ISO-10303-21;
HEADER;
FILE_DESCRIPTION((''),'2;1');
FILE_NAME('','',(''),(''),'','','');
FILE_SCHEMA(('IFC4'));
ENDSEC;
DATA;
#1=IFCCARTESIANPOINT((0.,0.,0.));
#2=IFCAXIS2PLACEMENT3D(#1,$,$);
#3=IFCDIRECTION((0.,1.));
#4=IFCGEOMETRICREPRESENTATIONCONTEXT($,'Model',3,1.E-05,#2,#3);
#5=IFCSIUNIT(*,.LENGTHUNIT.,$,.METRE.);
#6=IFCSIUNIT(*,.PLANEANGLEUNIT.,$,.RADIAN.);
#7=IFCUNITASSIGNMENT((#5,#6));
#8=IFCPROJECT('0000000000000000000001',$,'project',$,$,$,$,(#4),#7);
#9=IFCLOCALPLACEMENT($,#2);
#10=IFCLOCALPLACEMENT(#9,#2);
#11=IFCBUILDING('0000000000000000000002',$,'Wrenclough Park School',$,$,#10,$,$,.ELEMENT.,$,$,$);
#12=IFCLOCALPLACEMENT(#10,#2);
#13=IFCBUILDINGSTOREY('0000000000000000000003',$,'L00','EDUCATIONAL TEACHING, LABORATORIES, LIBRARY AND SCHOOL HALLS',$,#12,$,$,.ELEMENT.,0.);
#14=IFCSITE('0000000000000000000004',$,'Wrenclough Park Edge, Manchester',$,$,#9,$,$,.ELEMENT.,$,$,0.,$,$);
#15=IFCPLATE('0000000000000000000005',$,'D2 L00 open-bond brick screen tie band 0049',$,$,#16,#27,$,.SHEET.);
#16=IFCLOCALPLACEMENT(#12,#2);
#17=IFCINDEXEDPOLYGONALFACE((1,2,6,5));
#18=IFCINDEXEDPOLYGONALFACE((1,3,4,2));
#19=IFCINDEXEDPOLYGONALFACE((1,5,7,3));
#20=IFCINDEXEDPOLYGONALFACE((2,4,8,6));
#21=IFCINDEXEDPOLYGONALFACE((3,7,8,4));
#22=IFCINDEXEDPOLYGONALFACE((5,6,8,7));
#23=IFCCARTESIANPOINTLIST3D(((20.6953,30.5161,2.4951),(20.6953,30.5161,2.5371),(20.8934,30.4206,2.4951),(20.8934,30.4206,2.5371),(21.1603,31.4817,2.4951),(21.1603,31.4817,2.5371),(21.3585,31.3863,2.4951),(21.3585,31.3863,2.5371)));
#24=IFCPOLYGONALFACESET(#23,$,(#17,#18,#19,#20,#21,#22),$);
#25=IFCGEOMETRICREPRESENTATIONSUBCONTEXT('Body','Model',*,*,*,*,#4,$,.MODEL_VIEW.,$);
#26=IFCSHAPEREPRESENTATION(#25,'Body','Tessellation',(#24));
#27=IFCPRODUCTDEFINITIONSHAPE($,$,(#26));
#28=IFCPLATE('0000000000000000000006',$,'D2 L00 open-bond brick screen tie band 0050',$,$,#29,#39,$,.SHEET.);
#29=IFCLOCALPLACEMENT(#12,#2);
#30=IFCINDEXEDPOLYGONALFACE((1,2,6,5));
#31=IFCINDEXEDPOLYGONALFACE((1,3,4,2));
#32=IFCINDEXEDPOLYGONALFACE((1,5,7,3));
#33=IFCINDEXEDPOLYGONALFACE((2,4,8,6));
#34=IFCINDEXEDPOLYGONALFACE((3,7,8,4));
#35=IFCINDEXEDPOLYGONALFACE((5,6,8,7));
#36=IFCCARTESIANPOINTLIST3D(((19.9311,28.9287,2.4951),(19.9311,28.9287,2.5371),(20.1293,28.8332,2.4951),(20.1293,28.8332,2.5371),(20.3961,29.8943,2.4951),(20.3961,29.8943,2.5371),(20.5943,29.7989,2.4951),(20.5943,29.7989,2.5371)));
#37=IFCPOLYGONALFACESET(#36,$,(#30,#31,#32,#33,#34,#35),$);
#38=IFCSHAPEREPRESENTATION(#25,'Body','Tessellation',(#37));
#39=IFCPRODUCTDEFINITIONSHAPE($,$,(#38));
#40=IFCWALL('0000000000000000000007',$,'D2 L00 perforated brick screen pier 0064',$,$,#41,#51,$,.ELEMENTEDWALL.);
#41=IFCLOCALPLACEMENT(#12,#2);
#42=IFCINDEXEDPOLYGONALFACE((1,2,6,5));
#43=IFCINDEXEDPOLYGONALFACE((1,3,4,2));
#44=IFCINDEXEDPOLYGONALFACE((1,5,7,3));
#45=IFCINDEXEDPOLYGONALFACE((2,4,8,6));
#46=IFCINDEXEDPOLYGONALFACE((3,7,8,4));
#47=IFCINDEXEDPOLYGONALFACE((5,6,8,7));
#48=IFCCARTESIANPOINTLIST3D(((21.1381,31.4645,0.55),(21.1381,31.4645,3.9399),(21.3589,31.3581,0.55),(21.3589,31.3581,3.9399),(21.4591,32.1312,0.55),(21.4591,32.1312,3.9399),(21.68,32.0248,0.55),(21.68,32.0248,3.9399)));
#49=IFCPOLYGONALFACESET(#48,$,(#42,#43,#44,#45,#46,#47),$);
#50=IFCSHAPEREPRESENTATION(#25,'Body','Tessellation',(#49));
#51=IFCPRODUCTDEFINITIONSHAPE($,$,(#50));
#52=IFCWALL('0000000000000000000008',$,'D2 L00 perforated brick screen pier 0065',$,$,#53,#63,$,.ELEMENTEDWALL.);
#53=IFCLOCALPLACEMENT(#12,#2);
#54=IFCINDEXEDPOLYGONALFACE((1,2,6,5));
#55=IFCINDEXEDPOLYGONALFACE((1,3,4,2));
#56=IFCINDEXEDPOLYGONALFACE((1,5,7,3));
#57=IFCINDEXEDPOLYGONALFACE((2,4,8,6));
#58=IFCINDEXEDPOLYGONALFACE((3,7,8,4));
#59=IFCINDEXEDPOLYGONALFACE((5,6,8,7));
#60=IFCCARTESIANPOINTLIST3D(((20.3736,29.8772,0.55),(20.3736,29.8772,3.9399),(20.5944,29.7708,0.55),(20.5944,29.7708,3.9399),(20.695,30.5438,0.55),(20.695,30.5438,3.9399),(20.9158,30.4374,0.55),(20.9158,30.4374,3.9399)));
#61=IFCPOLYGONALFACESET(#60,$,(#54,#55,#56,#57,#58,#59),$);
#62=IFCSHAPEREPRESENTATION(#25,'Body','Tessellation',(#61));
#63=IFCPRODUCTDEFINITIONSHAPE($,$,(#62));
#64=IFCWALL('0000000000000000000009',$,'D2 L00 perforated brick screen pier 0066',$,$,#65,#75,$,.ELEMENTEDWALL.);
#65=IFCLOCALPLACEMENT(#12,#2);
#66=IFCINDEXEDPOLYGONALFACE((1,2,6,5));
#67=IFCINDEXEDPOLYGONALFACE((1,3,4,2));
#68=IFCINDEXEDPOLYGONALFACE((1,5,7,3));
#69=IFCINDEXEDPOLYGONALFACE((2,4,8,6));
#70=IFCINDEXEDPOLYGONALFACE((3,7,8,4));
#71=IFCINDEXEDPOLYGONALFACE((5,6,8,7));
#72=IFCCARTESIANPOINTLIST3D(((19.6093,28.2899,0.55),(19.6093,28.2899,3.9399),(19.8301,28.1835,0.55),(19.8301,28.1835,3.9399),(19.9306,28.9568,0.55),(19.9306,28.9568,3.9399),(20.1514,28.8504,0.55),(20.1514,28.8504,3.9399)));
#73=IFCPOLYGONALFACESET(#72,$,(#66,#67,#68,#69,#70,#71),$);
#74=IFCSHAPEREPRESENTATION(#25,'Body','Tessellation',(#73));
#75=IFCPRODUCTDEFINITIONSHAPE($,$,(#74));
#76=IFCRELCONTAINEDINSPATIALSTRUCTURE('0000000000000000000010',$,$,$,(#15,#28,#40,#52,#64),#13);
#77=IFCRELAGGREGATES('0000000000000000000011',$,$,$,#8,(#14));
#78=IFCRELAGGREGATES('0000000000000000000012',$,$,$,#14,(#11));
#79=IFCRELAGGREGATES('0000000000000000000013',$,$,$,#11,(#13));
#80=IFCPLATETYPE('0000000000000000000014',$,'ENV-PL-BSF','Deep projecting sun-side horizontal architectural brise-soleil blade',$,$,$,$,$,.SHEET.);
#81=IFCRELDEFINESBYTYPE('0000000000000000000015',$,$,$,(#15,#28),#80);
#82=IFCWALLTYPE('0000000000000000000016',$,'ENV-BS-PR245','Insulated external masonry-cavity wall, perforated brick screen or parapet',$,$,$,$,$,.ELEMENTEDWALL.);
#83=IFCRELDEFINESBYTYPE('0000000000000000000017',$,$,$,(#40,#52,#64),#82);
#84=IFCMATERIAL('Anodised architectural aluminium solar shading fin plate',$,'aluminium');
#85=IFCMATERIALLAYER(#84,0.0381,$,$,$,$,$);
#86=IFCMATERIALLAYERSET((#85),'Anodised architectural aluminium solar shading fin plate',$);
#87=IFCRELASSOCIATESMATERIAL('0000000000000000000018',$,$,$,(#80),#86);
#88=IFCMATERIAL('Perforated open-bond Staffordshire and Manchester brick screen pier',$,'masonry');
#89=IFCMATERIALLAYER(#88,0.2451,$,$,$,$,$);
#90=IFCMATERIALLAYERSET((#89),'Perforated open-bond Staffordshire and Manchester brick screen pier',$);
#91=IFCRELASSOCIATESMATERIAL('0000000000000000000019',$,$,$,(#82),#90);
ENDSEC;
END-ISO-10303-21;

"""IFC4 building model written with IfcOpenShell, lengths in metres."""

from ifc_helpers import new_model, si_unit, direction, frame, frame_2d, origin, origin_2d, place, context, subcontext, project, spatial, rectangle, extrude, material, layer, layer_set, type_object, element, save


model = new_model("IFC4")

# Units and contexts
model_context = context("Model", 3, precision=1e-05, world=origin(), true_north=direction((0.0, 1.0)))
body_context = subcontext(model_context, "Body", "Model", "MODEL_VIEW")
ifc_project = project(units=[si_unit("LENGTHUNIT", "METRE"), si_unit("PLANEANGLEUNIT", "RADIAN")], contexts=[model_context])

# Site, building, storey
site_placement = place(None, origin())
site = spatial("IfcSite", under=ifc_project, at=site_placement, Name="Wrenclough Park Edge, Manchester", CompositionType="ELEMENT", RefElevation=0.0)
building_placement = place(site_placement, origin())
building = spatial("IfcBuilding", under=site, at=building_placement, Name="Wrenclough Park School", CompositionType="ELEMENT")
storey_placement = place(building_placement, origin())
storey = spatial("IfcBuildingStorey", under=building, at=storey_placement, Name="L00", Description="EDUCATIONAL TEACHING, LABORATORIES, LIBRARY AND SCHOOL HALLS", CompositionType="ELEMENT", Elevation=0.0)

# Plates
ifc_material_1 = material(Name="Anodised architectural aluminium solar shading fin plate", Category="aluminium")
ifc_layer_1 = layer(ifc_material_1, 0.0381)
ifc_layer_set_1 = layer_set([ifc_layer_1], Name="Anodised architectural aluminium solar shading fin plate")
plate_type_1 = type_object("IfcPlateType", Name="ENV-PL-BSF", Description="Deep projecting sun-side horizontal architectural brise-soleil blade", PredefinedType="SHEET", material=ifc_layer_set_1)
for number, where, z_axis, x_axis, name in (
    (1, (21.0269, 30.9512, 2.4951), (0.0, 0.0, 1.0), (-0.43387, -0.900975, 0.0), "D2 L00 open-bond brick screen tie band 0049"),
    (2, (20.2627, 29.3638, 2.4951), (0.0, 0.0, 1.0), (-0.43387, -0.900975, 0.0), "D2 L00 open-bond brick screen tie band 0050"),
):
    element("IfcPlate", number, at=place(storey_placement, frame(where, z_axis=z_axis, x_axis=x_axis)), inside=storey, type_object=plate_type_1, Name=name, PredefinedType="SHEET", context=body_context, shape_type="SweptSolid", body=[
        extrude(rectangle(XDim=1.0718, YDim=0.22, at=origin_2d()), origin(), (0.0, 0.0, 1.0), 0.042),
    ])

# Walls
ifc_material_2 = material(Name="Perforated open-bond Staffordshire and Manchester brick screen pier", Category="masonry")
ifc_layer_2 = layer(ifc_material_2, 0.2451)
ifc_layer_set_2 = layer_set([ifc_layer_2], Name="Perforated open-bond Staffordshire and Manchester brick screen pier")
wall_type = type_object("IfcWallType", Name="ENV-BS-PR245", Description="Insulated external masonry-cavity wall, perforated brick screen or parapet", PredefinedType="ELEMENTEDWALL", material=ifc_layer_set_2)
for number, where, z_axis, x_axis, name in (
    (3, (21.5696, 32.0781, 0.55), (0.0, 0.0, 1.0), (-0.433835, -0.900992, 0.0), "D2 L00 perforated brick screen pier 0064"),
    (4, (20.8054, 30.4907, 0.55), (0.0, 0.0, 1.0), (-0.434232, -0.900801, 0.0), "D2 L00 perforated brick screen pier 0065"),
):
    element("IfcWall", number, at=place(storey_placement, frame(where, z_axis=z_axis, x_axis=x_axis)), inside=storey, type_object=wall_type, Name=name, PredefinedType="ELEMENTEDWALL", context=body_context, shape_type="SweptSolid", body=[
        extrude(rectangle(XDim=0.74, YDim=0.2451, at=frame_2d((0.3701, 0.0))), origin(), (0.0, 0.0, 1.0), 3.3899),
    ])
wall_placement = place(storey_placement, frame((20.041, 28.9036, 0.55), z_axis=(0.0, 0.0, 1.0), x_axis=(-0.434103, -0.900863, 0.0)))
element("IfcWall", 5, at=wall_placement, inside=storey, type_object=wall_type, Name="D2 L00 perforated brick screen pier 0066", PredefinedType="ELEMENTEDWALL", context=body_context, shape_type="SweptSolid", body=[
    extrude(rectangle(XDim=0.7402, YDim=0.2451, at=frame_2d((0.3701, 0.0))), origin(), (0.0, 0.0, 1.0), 3.3899),
])

save(model, "model.ifc")
